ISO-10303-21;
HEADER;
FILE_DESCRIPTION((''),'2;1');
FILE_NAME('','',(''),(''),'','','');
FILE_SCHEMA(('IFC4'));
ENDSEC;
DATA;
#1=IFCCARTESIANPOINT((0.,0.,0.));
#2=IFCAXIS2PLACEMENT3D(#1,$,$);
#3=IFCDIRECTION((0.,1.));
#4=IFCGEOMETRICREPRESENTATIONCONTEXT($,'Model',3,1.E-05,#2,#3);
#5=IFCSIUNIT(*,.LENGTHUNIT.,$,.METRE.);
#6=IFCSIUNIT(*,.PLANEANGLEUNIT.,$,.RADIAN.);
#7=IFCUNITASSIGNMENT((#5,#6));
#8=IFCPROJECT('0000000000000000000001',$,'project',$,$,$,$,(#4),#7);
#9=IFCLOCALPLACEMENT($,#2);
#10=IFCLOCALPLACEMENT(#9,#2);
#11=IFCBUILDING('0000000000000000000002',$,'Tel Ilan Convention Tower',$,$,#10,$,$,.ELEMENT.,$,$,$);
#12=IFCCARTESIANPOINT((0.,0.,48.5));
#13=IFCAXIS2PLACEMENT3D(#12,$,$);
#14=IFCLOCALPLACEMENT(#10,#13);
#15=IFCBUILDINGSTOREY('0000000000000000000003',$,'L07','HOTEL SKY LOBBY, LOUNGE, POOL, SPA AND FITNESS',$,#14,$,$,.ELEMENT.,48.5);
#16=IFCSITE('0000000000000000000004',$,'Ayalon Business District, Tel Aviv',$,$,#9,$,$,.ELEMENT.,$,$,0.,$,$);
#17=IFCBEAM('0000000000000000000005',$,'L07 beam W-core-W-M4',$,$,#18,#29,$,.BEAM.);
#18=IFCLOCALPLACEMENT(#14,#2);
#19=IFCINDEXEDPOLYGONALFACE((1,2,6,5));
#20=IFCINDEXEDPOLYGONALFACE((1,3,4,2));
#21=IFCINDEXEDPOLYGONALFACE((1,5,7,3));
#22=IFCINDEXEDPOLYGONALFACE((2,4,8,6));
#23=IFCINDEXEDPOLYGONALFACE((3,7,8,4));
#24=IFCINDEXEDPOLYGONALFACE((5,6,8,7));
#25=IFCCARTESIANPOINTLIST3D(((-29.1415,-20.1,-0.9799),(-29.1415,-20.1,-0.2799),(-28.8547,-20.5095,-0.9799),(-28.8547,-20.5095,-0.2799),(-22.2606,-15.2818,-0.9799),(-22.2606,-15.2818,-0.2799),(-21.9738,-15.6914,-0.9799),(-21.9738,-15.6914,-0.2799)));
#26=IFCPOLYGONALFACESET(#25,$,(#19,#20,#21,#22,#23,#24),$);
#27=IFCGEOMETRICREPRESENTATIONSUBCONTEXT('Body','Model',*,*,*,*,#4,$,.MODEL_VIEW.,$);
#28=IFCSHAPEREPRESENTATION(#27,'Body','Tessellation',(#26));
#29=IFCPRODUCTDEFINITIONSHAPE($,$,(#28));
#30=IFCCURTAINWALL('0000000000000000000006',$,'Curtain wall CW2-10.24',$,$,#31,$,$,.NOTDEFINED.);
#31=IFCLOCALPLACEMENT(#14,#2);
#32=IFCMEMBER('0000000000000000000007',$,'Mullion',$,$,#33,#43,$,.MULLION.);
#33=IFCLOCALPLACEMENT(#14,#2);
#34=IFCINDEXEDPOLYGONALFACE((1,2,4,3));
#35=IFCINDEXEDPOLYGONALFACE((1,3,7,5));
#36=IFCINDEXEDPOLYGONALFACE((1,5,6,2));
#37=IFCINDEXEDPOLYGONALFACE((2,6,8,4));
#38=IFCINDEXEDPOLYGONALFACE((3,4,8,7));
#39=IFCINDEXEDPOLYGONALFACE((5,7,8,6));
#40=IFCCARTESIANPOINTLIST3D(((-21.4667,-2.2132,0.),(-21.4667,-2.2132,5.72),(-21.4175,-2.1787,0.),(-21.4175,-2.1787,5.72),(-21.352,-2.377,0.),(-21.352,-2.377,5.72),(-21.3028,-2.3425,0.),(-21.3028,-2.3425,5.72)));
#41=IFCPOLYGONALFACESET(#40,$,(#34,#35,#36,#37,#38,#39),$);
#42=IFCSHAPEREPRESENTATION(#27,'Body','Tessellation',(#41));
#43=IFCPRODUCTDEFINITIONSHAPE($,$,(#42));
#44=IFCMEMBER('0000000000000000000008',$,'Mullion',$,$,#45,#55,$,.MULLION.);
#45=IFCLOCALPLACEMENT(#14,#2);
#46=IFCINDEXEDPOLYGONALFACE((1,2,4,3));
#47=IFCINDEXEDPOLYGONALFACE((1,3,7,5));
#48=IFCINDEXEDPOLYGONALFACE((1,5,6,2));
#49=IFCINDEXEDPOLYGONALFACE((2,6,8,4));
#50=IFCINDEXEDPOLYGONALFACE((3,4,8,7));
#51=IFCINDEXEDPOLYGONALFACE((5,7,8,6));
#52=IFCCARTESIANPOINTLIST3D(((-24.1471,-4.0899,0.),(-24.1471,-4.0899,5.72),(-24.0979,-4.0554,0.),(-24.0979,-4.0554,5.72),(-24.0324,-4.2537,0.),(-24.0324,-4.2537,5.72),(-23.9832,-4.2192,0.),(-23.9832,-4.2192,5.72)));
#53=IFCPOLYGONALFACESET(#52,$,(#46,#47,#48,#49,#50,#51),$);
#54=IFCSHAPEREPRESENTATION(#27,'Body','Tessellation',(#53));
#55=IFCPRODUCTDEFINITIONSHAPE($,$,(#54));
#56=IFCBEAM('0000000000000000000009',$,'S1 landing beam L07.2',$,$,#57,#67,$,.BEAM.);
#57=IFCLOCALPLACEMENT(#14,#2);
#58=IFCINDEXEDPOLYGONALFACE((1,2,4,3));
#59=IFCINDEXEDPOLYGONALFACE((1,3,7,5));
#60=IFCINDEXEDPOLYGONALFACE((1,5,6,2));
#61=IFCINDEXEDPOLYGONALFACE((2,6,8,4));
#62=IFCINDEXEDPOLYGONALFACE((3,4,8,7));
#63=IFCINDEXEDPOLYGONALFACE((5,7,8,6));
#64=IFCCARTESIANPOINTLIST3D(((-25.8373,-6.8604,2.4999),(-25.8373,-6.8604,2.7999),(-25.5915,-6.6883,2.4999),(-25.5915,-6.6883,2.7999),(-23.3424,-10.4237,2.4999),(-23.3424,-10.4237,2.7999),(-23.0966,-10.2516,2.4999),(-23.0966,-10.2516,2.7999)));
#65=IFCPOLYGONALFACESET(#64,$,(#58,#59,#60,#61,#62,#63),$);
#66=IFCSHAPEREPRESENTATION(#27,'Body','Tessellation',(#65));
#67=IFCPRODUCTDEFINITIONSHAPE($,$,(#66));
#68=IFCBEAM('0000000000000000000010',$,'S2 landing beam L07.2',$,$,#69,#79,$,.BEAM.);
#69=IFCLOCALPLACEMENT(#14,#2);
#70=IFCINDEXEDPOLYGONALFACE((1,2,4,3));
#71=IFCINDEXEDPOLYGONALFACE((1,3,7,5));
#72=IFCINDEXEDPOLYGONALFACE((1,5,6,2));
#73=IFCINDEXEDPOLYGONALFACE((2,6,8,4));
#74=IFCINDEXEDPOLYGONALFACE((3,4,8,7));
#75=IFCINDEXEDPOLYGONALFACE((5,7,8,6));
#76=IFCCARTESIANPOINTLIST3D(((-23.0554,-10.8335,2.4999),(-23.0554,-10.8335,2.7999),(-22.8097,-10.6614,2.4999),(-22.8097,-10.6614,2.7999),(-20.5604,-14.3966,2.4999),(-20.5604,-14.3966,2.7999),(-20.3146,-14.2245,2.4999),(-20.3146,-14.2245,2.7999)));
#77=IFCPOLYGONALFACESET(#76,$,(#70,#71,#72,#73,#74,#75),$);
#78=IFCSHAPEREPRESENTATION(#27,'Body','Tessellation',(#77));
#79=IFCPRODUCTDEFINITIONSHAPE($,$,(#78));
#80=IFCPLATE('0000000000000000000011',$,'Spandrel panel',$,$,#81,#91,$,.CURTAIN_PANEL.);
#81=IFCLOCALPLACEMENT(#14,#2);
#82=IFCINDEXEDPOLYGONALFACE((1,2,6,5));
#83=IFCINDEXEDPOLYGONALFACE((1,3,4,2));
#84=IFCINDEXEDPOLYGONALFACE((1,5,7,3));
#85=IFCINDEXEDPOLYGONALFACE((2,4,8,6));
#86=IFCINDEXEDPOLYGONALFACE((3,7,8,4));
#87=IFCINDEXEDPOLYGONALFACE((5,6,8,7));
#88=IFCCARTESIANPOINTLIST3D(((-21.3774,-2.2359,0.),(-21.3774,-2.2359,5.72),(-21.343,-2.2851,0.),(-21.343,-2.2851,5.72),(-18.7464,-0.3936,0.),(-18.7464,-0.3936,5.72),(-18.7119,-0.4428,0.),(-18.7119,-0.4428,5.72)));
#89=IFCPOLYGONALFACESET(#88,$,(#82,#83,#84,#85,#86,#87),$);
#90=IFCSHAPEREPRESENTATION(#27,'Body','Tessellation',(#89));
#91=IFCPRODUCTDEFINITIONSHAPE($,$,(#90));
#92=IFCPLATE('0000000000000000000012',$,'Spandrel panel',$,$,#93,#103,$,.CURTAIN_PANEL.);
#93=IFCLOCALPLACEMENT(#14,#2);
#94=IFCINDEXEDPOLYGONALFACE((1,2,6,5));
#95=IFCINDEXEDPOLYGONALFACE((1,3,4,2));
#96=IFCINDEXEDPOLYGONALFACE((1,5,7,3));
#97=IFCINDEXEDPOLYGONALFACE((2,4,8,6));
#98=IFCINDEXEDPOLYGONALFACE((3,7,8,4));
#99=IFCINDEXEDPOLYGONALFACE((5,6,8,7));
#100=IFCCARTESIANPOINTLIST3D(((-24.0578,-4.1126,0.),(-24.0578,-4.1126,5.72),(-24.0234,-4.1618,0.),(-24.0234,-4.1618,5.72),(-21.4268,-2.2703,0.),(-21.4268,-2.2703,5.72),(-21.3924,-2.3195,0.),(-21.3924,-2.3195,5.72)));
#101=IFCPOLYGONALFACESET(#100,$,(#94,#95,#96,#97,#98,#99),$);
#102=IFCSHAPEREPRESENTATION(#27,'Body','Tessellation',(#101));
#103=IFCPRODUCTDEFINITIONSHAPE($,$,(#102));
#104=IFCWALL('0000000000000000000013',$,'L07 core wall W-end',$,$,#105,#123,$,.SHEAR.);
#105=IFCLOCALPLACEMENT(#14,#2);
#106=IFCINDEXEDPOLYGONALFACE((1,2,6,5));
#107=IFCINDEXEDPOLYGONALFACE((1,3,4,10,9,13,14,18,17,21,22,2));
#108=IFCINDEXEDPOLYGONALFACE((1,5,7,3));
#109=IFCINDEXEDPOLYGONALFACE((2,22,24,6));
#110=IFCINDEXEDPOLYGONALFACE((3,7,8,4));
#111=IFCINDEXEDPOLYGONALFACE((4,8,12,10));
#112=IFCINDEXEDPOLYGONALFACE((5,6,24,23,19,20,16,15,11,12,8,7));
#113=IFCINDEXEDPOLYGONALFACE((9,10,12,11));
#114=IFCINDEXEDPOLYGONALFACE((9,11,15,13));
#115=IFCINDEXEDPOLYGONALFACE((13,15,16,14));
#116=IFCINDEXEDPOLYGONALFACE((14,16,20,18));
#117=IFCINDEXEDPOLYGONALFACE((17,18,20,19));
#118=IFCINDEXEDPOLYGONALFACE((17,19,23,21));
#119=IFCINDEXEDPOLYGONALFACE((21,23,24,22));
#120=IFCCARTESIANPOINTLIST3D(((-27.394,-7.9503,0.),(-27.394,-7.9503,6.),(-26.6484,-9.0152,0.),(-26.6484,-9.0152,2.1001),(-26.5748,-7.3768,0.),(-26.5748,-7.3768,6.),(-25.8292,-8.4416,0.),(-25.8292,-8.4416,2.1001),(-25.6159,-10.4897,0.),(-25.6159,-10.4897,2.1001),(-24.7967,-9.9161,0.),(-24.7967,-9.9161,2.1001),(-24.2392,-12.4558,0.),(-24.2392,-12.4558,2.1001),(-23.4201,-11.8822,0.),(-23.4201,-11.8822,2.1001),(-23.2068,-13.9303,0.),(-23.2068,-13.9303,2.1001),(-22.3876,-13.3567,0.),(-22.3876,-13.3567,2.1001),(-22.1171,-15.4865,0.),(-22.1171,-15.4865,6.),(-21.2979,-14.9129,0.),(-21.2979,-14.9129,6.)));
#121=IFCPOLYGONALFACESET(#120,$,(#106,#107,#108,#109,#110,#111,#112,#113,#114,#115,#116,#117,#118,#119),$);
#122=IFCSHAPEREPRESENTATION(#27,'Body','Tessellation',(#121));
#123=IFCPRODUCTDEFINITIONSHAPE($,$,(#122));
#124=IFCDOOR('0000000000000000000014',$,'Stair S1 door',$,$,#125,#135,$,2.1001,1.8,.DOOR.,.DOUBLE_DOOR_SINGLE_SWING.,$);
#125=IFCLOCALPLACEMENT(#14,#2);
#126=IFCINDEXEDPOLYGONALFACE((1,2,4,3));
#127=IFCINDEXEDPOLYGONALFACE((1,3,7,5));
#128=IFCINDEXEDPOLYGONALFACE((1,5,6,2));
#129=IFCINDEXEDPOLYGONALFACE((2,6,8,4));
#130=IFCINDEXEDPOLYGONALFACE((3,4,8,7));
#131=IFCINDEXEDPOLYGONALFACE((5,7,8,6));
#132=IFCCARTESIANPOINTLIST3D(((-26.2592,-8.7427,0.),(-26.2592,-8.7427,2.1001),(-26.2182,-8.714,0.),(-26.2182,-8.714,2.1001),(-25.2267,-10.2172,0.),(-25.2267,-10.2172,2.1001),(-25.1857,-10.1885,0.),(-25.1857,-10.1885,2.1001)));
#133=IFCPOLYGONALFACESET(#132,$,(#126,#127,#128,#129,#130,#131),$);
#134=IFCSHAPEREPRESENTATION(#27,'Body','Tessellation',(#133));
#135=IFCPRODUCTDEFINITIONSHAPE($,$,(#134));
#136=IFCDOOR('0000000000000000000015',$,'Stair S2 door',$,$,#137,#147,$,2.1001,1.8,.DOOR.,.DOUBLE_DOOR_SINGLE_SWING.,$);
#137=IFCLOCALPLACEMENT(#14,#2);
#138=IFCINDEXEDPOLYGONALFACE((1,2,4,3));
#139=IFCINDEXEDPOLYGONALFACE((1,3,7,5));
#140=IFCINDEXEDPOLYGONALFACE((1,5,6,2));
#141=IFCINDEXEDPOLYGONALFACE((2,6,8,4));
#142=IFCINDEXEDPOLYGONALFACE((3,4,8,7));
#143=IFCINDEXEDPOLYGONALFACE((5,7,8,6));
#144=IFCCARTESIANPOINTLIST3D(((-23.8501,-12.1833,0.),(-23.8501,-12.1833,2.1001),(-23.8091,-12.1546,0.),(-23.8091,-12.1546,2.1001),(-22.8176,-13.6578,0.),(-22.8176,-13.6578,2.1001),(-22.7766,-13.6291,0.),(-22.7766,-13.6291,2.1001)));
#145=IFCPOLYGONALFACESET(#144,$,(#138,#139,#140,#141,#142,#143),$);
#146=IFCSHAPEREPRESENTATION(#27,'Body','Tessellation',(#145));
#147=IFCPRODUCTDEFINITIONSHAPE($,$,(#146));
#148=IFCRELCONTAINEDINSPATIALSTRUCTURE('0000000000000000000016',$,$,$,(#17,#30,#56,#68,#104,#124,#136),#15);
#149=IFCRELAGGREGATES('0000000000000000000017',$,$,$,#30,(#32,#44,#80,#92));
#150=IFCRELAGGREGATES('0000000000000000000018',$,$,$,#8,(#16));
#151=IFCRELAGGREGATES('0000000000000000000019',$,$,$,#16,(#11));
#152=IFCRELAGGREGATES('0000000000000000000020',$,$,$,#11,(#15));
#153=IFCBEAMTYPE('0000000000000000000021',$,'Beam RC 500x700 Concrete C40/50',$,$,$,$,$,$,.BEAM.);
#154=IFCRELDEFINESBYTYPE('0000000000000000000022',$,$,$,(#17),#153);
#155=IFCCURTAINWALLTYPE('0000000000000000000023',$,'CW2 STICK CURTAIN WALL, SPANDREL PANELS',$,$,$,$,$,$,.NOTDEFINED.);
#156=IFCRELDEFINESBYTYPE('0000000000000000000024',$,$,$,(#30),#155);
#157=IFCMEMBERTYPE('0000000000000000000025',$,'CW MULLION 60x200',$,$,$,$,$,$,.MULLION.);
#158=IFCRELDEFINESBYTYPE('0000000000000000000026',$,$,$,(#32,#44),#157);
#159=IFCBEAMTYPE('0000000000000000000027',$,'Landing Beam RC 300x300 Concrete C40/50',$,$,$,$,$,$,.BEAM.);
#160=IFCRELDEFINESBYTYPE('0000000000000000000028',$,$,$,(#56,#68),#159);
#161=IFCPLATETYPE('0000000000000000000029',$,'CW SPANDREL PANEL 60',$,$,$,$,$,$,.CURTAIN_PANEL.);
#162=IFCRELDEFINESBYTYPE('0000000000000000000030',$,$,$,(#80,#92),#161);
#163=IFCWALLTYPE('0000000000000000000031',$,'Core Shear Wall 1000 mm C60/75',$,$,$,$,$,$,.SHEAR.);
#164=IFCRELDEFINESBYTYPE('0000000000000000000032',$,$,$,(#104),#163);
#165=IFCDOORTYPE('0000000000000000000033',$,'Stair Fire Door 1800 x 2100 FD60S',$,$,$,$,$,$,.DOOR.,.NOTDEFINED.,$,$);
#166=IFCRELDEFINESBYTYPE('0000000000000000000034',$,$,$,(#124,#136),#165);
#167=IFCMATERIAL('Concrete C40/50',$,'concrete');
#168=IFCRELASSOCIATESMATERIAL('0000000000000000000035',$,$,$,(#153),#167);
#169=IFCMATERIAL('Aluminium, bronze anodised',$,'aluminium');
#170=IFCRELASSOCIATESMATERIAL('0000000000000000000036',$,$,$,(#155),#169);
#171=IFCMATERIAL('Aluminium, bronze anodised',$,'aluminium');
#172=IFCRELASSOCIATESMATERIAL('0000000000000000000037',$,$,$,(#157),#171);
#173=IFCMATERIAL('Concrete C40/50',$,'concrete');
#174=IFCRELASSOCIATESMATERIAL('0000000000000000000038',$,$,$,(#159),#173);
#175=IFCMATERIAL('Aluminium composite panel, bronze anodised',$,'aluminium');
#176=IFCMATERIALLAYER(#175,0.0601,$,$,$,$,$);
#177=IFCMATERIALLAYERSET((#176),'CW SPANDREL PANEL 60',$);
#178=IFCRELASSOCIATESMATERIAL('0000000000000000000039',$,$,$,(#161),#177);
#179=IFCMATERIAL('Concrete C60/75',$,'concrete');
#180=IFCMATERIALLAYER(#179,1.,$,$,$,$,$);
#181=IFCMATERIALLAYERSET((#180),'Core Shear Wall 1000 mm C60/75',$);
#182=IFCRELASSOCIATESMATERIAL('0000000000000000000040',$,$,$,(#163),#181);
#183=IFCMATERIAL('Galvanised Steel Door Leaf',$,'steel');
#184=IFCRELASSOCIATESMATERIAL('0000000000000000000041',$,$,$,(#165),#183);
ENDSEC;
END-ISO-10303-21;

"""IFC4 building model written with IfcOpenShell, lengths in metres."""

from ifc_helpers import new_model, si_unit, direction, frame, frame_2d, origin, origin_2d, place, context, subcontext, project, spatial, polyline, rectangle, outline, extrude, material, layer, layer_set, material_profile, profile_set, type_object, element, fill, aggregate, save


model = new_model("IFC4")

# Units and contexts
model_context = context("Model", 3, precision=1e-05, world=origin(), true_north=direction((0.0, 1.0)))
body_context = subcontext(model_context, "Body", "Model", "MODEL_VIEW")
ifc_project = project(units=[si_unit("LENGTHUNIT", "METRE"), si_unit("PLANEANGLEUNIT", "RADIAN")], contexts=[model_context])

# Site, building, storey
site_placement = place(None, origin())
site = spatial("IfcSite", under=ifc_project, at=site_placement, Name="Ayalon Business District, Tel Aviv", CompositionType="ELEMENT", RefElevation=0.0)
building_placement = place(site_placement, origin())
building = spatial("IfcBuilding", under=site, at=building_placement, Name="Tel Ilan Convention Tower", CompositionType="ELEMENT")
storey_placement = place(building_placement, frame((0.0, 0.0, 48.5)))
storey = spatial("IfcBuildingStorey", under=building, at=storey_placement, Name="L07", Description="HOTEL SKY LOBBY, LOUNGE, POOL, SPA AND FITNESS", CompositionType="ELEMENT", Elevation=48.5)

# Beam
ifc_material_1 = material(Name="Concrete C40/50", Category="concrete")
ifc_material_profile_1 = material_profile(ifc_material_1, rectangle(XDim=0.5, YDim=0.7, at=origin_2d()), Name="RC 500x700")
ifc_profile_set_1 = profile_set([ifc_material_profile_1], Name="Concrete C40/50")
beam_type_1 = type_object("IfcBeamType", Name="Beam RC 500x700 Concrete C40/50", PredefinedType="BEAM", material=ifc_profile_set_1)
beam_placement = place(storey_placement, frame((-22.1172, -15.4866, -0.6299), z_axis=(-0.819147, -0.573583, 0.0), x_axis=(0.573583, -0.819147, 0.0)))
element("IfcBeam", 1, at=beam_placement, inside=storey, type_object=beam_type_1, Name="L07 beam W-core-W-M4", PredefinedType="BEAM", context=body_context, shape_type="SweptSolid", body=[
    extrude(rectangle(XDim=0.5, YDim=0.7, at=origin_2d()), origin(), (0.0, 0.0, 1.0), 8.4001),
])

# Curtain wall, members
ifc_material_2 = material(Name="Aluminium, bronze anodised", Category="aluminium")
curtain_wall_type = type_object("IfcCurtainWallType", Name="CW2 STICK CURTAIN WALL, SPANDREL PANELS", PredefinedType="NOTDEFINED", material=ifc_material_2)
curtain_wall_placement = place(storey_placement, origin())
curtain_wall = element("IfcCurtainWall", 2, at=curtain_wall_placement, inside=storey, type_object=curtain_wall_type, Name="Curtain wall CW2-10.24", PredefinedType="NOTDEFINED")
ifc_material_3 = material(Name="Aluminium, bronze anodised", Category="aluminium")
ifc_material_profile_2 = material_profile(ifc_material_3, rectangle(XDim=0.0601, YDim=0.2, at=origin_2d()), Name="CW MULLION 60x200")
ifc_profile_set_2 = profile_set([ifc_material_profile_2], Name="Aluminium, bronze anodised")
member_type = type_object("IfcMemberType", Name="CW MULLION 60x200", PredefinedType="MULLION", material=ifc_profile_set_2)
member_1_placement = place(storey_placement, frame((-21.3848, -2.2778, 0.0), z_axis=(0.0, 0.0, 1.0), x_axis=(-0.819152, -0.573576, 0.0)))
member_1 = element("IfcMember", 3, at=member_1_placement, type_object=member_type, Name="Mullion", PredefinedType="MULLION", context=body_context, shape_type="SweptSolid", body=[
    extrude(rectangle(XDim=0.0601, YDim=0.2, at=origin_2d()), origin(), (0.0, 0.0, 1.0), 5.72),
])
member_2_placement = place(storey_placement, frame((-24.0652, -4.1545, 0.0), z_axis=(0.0, 0.0, 1.0), x_axis=(-0.819152, -0.573576, 0.0)))
member_2 = element("IfcMember", 4, at=member_2_placement, type_object=member_type, Name="Mullion", PredefinedType="MULLION", context=body_context, shape_type="SweptSolid", body=[
    extrude(rectangle(XDim=0.0601, YDim=0.2, at=origin_2d()), origin(), (0.0, 0.0, 1.0), 5.72),
])

# Beams
ifc_material_4 = material(Name="Concrete C40/50", Category="concrete")
ifc_material_profile_3 = material_profile(ifc_material_4, rectangle(XDim=0.3, YDim=0.3, at=origin_2d()), Name="RC 300x300")
ifc_profile_set_3 = profile_set([ifc_material_profile_3], Name="Concrete C40/50")
beam_type_2 = type_object("IfcBeamType", Name="Landing Beam RC 300x300 Concrete C40/50", PredefinedType="BEAM", material=ifc_profile_set_3)
for number, where, z_axis, x_axis, name in (
    (5, (-23.2195, -10.3376, 2.6499), (-0.573557, 0.819166, 0.0), (-0.819166, -0.573557, 0.0), "S1 landing beam L07.2"),
    (6, (-20.4375, -14.3105, 2.6499), (-0.573594, 0.81914, 0.0), (-0.81914, -0.573594, 0.0), "S2 landing beam L07.2"),
):
    element("IfcBeam", number, at=place(storey_placement, frame(where, z_axis=z_axis, x_axis=x_axis)), inside=storey, type_object=beam_type_2, Name=name, PredefinedType="BEAM", context=body_context, shape_type="SweptSolid", body=[
        extrude(rectangle(XDim=0.3, YDim=0.3, at=origin_2d()), origin(), (0.0, 0.0, 1.0), 4.3499),
    ])

# Plates
ifc_material_5 = material(Name="Aluminium composite panel, bronze anodised", Category="aluminium")
ifc_layer_1 = layer(ifc_material_5, 0.0601)
ifc_layer_set_1 = layer_set([ifc_layer_1], Name="CW SPANDREL PANEL 60")
plate_type = type_object("IfcPlateType", Name="CW SPANDREL PANEL 60", PredefinedType="CURTAIN_PANEL", material=ifc_layer_set_1)
plate_1_placement = place(storey_placement, frame((-20.0447, -1.3394, 0.0), z_axis=(0.0, 0.0, 1.0), x_axis=(-0.819152, -0.573576, 0.0)))
plate_1 = element("IfcPlate", 7, at=plate_1_placement, type_object=plate_type, Name="Spandrel panel", PredefinedType="CURTAIN_PANEL", context=body_context, shape_type="SweptSolid", body=[
    extrude(rectangle(XDim=3.2119, YDim=0.0601, at=origin_2d()), origin(), (0.0, 0.0, 1.0), 5.72),
])
plate_2_placement = place(storey_placement, frame((-22.7251, -3.2161, 0.0), z_axis=(0.0, 0.0, 1.0), x_axis=(-0.819152, -0.573576, 0.0)))
plate_2 = element("IfcPlate", 8, at=plate_2_placement, type_object=plate_type, Name="Spandrel panel", PredefinedType="CURTAIN_PANEL", context=body_context, shape_type="SweptSolid", body=[
    extrude(rectangle(XDim=3.2119, YDim=0.0601, at=origin_2d()), origin(), (0.0, 0.0, 1.0), 5.72),
])
aggregate(curtain_wall, [member_1, member_2, plate_1, plate_2])

# Wall, openings, doors
ifc_material_6 = material(Name="Concrete C60/75", Category="concrete")
ifc_layer_2 = layer(ifc_material_6, 1.0)
ifc_layer_set_2 = layer_set([ifc_layer_2], Name="Core Shear Wall 1000 mm C60/75")
wall_type = type_object("IfcWallType", Name="Core Shear Wall 1000 mm C60/75", PredefinedType="SHEAR", material=ifc_layer_set_2)
wall_placement = place(storey_placement, frame((-21.7075, -15.1997, 0.0), z_axis=(0.0, 0.0, 1.0), x_axis=(-0.573576, 0.819152, 0.0)))
wall = element("IfcWall", 9, at=wall_placement, inside=storey, type_object=wall_type, Name="L07 core wall W-end", PredefinedType="SHEAR", context=body_context, shape_type="SweptSolid", body=[
    extrude(outline(polyline([(0.0, 0.5), (0.0, -0.5), (9.2, -0.5), (9.2, 0.5), (0.0, 0.5)])), origin(), (0.0, 0.0, 1.0), 6.0),
])
opening_1_placement = place(wall_placement, frame((6.1001, 0.0, 0.0)))
opening_1 = element("IfcOpeningElement", 10, at=opening_1_placement, cuts=wall, PredefinedType="OPENING", context=body_context, shape_type="SweptSolid", body=[
    extrude(rectangle(XDim=1.8, YDim=2.1001, at=frame_2d((0.8999, 1.05))), frame((0.0, 0.51, 0.0), z_axis=(0.0, -1.0, 0.0), x_axis=(1.0, 0.0, 0.0)), (0.0, 0.0, 1.0), 1.02),
])
opening_2_placement = place(wall_placement, frame((1.8999, 0.0, 0.0)))
opening_2 = element("IfcOpeningElement", 11, at=opening_2_placement, cuts=wall, PredefinedType="OPENING", context=body_context, shape_type="SweptSolid", body=[
    extrude(rectangle(XDim=1.8, YDim=2.1001, at=frame_2d((0.8999, 1.05))), frame((0.0, 0.51, 0.0), z_axis=(0.0, -1.0, 0.0), x_axis=(1.0, 0.0, 0.0)), (0.0, 0.0, 1.0), 1.02),
])
ifc_material_7 = material(Name="Galvanised Steel Door Leaf", Category="steel")
door_type = type_object("IfcDoorType", Name="Stair Fire Door 1800 x 2100 FD60S", OperationType="NOTDEFINED", PredefinedType="DOOR", material=ifc_material_7)
door_1_placement = place(opening_1_placement, origin())
door_1 = element("IfcDoor", 12, at=door_1_placement, inside=storey, type_object=door_type, Name="Stair S1 door", OperationType="DOUBLE_DOOR_SINGLE_SWING", OverallHeight=2.1001, OverallWidth=1.8, PredefinedType="DOOR", context=body_context, shape_type="SweptSolid", body=[
    extrude(rectangle(XDim=1.8, YDim=2.1001, at=frame_2d((0.8999, 1.05))), frame((0.0, 0.0249, 0.0), z_axis=(0.0, -1.0, 0.0), x_axis=(1.0, 0.0, 0.0)), (0.0, 0.0, 1.0), 0.05),
])
fill(opening_1, door_1)
door_2_placement = place(opening_2_placement, origin())
door_2 = element("IfcDoor", 13, at=door_2_placement, inside=storey, type_object=door_type, Name="Stair S2 door", OperationType="DOUBLE_DOOR_SINGLE_SWING", OverallHeight=2.1001, OverallWidth=1.8, PredefinedType="DOOR", context=body_context, shape_type="SweptSolid", body=[
    extrude(rectangle(XDim=1.8, YDim=2.1001, at=frame_2d((0.8999, 1.05))), frame((0.0, 0.0249, 0.0), z_axis=(0.0, -1.0, 0.0), x_axis=(1.0, 0.0, 0.0)), (0.0, 0.0, 1.0), 0.05),
])
fill(opening_2, door_2)

save(model, "model.ifc")
